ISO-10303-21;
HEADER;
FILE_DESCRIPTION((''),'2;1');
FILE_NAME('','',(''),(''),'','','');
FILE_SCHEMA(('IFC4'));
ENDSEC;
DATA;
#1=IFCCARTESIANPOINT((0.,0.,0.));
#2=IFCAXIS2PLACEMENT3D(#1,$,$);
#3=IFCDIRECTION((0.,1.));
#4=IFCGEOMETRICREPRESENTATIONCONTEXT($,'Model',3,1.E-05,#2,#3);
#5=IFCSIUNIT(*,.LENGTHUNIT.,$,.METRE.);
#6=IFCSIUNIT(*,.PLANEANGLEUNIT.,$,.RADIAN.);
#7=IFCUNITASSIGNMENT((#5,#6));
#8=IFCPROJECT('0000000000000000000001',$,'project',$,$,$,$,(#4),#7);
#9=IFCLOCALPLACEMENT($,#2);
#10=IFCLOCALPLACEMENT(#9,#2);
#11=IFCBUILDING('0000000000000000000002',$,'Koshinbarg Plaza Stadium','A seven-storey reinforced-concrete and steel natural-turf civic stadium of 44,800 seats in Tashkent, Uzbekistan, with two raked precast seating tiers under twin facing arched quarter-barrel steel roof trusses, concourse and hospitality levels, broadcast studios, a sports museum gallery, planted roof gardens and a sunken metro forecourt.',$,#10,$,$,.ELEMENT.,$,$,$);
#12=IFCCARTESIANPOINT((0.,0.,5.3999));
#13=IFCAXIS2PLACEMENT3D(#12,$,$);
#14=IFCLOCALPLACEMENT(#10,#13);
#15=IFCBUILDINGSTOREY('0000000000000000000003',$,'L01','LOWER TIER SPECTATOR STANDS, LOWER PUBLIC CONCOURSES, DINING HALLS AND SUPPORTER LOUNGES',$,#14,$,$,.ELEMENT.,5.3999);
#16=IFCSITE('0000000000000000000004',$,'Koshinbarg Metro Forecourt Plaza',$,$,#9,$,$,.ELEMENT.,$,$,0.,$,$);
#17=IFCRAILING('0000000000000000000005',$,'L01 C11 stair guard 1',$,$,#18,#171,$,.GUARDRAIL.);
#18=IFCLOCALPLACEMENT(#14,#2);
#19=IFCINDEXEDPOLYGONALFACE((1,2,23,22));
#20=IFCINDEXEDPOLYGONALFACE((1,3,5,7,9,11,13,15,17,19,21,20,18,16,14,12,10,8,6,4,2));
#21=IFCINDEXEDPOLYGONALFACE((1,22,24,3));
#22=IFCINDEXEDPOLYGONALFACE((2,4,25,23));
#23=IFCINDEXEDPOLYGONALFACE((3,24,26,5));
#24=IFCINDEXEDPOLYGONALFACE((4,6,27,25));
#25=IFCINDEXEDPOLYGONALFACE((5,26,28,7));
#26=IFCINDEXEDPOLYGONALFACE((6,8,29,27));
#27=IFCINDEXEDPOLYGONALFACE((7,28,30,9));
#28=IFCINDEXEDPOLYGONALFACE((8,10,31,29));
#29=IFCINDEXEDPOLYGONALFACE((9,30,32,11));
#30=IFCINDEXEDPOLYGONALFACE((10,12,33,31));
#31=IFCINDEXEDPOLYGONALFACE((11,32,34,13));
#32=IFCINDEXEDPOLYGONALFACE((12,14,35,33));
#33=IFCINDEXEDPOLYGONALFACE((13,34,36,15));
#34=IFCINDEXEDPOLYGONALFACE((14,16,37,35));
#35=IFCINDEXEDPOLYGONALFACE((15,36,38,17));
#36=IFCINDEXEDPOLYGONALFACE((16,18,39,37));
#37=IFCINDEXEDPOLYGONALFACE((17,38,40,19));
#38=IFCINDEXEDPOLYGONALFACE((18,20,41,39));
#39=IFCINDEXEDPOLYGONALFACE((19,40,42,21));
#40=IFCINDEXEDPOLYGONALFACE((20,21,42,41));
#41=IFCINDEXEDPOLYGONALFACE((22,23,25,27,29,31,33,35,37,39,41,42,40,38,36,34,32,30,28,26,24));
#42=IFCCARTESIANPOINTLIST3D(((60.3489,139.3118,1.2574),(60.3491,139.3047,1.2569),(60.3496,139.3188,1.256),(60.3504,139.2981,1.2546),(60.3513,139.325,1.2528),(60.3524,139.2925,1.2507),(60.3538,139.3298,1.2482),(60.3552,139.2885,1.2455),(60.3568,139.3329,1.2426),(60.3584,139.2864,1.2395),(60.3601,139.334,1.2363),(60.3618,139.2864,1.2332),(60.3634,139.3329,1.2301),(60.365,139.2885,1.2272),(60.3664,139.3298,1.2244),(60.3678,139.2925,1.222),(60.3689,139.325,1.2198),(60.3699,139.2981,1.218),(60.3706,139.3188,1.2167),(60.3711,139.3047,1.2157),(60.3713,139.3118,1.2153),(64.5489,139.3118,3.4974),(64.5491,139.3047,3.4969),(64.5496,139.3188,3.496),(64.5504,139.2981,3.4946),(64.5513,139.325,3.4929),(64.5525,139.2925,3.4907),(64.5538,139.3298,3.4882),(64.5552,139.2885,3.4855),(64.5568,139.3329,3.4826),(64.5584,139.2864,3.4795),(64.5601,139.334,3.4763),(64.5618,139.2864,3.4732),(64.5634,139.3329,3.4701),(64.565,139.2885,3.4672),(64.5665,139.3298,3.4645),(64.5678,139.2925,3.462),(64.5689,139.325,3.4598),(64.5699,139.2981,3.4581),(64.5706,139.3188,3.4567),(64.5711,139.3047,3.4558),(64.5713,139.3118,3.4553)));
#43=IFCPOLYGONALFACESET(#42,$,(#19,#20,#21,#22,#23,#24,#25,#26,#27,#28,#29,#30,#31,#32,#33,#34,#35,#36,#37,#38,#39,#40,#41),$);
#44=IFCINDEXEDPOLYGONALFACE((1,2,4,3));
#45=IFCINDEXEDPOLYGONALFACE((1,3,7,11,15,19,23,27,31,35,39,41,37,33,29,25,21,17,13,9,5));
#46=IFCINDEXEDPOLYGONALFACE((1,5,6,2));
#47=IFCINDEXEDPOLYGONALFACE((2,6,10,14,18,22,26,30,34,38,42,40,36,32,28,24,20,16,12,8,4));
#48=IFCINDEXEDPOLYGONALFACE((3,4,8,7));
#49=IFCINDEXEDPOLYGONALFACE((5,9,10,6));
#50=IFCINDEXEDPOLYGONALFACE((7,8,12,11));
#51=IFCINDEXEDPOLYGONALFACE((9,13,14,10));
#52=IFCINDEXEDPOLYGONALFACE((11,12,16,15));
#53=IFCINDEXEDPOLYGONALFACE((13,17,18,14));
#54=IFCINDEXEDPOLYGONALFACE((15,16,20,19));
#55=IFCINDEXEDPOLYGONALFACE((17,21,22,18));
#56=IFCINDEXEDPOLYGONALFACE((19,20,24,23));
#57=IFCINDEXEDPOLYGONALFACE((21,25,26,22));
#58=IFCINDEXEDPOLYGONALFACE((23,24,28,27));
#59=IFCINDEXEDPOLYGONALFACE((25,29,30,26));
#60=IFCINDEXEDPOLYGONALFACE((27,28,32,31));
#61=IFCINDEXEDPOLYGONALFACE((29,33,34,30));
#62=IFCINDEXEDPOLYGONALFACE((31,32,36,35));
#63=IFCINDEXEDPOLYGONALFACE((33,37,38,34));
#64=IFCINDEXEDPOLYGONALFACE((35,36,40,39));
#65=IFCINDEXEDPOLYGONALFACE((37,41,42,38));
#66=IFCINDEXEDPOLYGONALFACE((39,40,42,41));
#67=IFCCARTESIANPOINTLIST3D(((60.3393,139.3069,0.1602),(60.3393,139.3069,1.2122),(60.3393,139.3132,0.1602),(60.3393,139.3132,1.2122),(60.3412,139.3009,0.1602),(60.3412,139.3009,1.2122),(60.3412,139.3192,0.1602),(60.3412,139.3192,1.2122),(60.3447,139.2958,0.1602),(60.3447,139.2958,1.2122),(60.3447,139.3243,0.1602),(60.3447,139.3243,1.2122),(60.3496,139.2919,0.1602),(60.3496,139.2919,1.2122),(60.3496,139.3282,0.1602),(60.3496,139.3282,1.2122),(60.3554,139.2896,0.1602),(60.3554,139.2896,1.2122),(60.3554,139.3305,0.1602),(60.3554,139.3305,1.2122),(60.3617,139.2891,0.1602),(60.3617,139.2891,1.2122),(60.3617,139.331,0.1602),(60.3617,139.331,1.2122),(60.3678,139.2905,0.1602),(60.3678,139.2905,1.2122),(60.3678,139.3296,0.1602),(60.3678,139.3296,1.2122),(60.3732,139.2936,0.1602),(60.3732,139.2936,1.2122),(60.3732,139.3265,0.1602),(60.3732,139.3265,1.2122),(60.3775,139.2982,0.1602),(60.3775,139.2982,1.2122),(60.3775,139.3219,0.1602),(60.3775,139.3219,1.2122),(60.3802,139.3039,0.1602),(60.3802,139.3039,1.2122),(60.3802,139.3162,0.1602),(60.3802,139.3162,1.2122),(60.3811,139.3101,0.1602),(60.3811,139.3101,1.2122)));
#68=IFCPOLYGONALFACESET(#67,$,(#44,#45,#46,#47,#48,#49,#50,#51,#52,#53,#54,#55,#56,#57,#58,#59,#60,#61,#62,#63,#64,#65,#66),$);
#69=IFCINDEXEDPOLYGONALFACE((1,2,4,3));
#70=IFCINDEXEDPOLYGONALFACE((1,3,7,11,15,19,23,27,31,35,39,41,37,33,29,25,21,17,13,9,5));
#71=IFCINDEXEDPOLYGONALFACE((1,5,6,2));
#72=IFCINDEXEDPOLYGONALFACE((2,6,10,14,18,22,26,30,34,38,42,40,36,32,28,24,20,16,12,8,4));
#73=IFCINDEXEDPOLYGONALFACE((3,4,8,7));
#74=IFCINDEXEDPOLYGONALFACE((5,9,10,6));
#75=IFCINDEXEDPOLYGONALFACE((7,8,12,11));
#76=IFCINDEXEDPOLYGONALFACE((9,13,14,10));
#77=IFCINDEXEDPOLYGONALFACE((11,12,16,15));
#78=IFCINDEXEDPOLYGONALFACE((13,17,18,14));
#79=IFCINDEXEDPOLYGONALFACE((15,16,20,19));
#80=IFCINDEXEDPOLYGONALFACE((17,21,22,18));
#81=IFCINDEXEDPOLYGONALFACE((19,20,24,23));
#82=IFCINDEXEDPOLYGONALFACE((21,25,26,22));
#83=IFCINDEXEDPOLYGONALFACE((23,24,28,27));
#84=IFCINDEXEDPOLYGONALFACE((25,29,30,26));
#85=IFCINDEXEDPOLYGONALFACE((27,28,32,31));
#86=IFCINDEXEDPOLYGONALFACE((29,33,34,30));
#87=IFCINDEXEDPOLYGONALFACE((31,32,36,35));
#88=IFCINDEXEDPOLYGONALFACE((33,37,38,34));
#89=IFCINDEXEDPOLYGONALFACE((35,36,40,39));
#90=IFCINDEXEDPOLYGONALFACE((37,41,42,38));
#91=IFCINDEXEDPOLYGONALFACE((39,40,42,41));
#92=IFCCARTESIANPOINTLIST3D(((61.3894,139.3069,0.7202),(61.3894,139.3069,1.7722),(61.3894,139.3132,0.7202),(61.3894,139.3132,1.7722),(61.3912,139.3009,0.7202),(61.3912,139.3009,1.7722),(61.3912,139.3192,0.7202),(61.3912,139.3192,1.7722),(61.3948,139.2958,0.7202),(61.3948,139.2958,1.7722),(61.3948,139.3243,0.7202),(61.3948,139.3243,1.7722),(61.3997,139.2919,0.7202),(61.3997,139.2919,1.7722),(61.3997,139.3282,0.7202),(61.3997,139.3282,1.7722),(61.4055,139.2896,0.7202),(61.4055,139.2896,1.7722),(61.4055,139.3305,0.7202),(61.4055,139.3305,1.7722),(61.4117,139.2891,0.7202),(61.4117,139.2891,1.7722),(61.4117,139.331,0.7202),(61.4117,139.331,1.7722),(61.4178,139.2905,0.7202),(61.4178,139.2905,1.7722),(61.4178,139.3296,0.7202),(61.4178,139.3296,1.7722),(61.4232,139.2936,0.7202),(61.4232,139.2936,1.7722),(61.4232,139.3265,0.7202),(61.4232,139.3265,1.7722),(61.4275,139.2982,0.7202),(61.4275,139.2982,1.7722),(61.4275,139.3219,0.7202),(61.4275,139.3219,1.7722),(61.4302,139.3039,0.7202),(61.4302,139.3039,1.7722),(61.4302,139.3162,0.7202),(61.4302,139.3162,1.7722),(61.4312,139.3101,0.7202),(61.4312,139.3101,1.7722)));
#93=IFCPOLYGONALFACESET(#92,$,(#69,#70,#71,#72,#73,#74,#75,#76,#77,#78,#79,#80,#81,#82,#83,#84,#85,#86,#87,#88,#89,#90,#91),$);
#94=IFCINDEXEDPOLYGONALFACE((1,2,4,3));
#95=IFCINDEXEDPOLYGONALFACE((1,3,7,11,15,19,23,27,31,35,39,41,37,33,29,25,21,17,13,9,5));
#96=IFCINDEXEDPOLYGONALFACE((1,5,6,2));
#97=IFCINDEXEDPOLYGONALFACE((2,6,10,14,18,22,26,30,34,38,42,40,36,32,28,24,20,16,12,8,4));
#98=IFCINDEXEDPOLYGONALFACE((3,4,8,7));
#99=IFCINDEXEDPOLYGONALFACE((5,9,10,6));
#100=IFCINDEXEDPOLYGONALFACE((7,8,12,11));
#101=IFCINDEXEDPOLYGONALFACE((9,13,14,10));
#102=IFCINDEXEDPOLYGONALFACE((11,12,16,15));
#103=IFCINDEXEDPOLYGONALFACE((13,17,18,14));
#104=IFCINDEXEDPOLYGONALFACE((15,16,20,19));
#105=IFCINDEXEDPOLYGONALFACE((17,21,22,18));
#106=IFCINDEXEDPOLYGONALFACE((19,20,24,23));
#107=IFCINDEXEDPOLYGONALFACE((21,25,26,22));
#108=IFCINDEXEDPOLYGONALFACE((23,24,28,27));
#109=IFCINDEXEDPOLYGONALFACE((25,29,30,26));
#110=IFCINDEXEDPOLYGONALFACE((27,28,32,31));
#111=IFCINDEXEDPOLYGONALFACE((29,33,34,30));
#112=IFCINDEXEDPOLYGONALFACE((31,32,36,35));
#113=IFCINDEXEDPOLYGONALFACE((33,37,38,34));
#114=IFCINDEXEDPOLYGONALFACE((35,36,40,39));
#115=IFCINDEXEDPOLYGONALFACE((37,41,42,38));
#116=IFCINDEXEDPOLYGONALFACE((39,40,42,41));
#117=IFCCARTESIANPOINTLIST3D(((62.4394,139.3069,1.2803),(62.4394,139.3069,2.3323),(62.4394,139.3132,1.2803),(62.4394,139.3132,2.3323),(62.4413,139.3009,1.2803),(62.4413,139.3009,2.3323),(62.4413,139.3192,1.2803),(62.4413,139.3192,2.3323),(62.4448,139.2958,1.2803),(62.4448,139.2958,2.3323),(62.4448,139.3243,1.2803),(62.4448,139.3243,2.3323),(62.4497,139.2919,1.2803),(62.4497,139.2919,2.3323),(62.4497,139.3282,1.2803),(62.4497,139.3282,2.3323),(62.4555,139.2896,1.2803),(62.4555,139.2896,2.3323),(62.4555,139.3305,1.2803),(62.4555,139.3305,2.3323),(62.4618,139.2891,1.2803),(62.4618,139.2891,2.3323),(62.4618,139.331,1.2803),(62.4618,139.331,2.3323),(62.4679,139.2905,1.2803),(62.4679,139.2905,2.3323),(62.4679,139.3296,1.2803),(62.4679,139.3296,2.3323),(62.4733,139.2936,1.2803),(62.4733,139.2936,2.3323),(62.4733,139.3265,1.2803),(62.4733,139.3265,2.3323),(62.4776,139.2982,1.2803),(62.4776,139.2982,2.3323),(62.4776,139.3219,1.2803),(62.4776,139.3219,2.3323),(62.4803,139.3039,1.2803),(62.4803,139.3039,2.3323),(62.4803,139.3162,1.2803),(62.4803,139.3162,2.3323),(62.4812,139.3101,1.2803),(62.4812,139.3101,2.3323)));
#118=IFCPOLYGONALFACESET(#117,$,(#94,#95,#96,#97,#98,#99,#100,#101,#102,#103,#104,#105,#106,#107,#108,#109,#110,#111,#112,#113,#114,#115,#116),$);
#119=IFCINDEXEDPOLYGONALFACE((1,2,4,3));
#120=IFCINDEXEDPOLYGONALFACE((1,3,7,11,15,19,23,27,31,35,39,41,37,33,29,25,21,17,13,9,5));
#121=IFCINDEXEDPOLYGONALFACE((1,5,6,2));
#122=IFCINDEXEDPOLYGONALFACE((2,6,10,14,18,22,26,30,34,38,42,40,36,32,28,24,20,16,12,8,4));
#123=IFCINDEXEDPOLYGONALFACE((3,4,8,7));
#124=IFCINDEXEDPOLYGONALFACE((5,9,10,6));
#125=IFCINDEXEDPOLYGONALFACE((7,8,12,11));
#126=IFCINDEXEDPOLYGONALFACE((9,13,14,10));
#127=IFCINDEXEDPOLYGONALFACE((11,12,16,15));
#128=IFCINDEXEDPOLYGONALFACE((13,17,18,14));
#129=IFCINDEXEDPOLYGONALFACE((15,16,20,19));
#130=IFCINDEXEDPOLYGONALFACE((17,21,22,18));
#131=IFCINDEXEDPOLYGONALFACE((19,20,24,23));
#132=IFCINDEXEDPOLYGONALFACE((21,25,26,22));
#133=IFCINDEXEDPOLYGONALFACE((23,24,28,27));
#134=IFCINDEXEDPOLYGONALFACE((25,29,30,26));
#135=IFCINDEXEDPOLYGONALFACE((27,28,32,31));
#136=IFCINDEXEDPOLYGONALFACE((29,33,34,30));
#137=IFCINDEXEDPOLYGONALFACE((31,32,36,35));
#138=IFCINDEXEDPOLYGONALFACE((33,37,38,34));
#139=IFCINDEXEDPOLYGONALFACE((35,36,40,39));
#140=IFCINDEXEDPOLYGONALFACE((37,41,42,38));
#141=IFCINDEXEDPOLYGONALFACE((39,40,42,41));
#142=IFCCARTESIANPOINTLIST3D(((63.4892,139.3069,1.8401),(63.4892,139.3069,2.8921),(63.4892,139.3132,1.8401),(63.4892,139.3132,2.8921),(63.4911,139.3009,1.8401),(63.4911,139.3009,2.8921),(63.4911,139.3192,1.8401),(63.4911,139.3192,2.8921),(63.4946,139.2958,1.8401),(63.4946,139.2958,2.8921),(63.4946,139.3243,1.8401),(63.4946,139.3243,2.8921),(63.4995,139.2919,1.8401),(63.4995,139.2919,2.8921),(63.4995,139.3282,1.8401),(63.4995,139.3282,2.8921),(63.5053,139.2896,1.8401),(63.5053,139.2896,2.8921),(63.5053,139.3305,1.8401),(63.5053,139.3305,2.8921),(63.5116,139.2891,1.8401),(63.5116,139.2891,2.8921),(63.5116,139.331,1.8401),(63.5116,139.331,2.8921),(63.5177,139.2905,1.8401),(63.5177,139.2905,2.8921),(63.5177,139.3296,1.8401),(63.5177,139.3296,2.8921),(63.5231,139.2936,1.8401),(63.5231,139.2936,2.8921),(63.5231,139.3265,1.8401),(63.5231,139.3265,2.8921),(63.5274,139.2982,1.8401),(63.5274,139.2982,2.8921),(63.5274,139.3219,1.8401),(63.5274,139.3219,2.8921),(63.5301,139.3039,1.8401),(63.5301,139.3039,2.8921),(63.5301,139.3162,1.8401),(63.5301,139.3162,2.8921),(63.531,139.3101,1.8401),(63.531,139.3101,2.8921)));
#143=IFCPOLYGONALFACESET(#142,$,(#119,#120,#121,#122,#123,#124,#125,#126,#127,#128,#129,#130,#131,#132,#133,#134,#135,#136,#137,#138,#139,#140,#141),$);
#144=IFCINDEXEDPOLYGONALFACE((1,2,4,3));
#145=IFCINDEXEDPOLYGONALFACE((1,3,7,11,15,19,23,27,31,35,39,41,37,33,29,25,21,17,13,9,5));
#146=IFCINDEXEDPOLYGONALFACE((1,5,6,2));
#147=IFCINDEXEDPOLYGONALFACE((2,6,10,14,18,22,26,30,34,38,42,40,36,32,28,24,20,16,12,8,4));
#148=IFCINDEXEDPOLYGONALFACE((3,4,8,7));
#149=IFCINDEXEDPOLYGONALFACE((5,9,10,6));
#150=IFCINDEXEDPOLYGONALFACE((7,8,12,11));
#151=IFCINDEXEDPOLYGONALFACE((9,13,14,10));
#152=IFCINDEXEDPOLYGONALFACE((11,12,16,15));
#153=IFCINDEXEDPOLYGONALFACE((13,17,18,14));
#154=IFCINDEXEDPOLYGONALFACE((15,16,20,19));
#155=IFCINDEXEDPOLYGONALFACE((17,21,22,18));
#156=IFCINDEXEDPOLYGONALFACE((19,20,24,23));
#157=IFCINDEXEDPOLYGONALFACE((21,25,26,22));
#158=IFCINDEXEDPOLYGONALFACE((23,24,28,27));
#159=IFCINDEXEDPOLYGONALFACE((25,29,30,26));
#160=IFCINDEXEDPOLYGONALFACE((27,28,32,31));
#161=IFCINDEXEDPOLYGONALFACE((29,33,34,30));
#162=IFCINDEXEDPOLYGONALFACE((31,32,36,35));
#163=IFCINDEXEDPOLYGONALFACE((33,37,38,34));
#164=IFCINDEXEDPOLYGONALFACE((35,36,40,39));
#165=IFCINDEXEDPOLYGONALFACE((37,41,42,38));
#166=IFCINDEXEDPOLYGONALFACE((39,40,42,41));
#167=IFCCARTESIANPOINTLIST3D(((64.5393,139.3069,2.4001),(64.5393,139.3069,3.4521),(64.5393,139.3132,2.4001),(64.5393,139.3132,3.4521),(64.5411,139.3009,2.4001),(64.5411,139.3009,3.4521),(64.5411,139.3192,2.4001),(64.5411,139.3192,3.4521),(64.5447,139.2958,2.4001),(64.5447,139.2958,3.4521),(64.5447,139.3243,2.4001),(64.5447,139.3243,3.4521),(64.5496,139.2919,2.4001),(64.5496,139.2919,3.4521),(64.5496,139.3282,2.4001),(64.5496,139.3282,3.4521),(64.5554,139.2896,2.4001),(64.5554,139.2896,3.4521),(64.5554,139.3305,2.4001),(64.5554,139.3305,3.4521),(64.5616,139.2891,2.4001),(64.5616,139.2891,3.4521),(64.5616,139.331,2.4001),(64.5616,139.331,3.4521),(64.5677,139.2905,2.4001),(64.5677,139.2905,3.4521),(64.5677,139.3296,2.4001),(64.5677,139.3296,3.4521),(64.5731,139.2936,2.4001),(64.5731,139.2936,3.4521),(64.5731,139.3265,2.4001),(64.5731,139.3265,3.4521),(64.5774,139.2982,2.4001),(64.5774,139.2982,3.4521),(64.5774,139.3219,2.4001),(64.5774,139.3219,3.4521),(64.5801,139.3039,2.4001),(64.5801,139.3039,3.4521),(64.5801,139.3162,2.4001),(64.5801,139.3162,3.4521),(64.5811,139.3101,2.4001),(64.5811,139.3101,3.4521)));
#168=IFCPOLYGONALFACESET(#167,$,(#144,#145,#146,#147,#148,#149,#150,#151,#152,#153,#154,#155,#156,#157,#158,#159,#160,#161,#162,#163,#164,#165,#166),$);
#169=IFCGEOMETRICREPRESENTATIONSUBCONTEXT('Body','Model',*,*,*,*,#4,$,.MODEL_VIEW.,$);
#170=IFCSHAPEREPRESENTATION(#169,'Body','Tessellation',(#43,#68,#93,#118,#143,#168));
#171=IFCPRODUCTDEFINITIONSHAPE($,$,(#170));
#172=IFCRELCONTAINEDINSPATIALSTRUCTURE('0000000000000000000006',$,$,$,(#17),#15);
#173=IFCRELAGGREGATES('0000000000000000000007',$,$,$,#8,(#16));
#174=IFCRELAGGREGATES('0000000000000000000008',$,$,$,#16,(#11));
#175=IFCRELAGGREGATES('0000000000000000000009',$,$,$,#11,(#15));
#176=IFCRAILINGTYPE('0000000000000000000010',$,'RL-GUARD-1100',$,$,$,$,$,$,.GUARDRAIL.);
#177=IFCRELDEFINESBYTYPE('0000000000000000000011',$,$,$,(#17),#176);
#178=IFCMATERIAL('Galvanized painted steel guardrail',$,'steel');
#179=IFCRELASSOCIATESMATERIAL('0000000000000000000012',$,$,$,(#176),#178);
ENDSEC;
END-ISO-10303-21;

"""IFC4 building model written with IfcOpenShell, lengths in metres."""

from ifc_helpers import new_model, si_unit, direction, frame, origin, origin_2d, place, context, subcontext, project, spatial, circle, extrude, material, type_object, element, save


model = new_model("IFC4")

# Units and contexts
model_context = context("Model", 3, precision=1e-05, world=origin(), true_north=direction((0.0, 1.0)))
body_context = subcontext(model_context, "Body", "Model", "MODEL_VIEW")
ifc_project = project(units=[si_unit("LENGTHUNIT", "METRE"), si_unit("PLANEANGLEUNIT", "RADIAN")], contexts=[model_context])

# Site, building, storey
site_placement = place(None, origin())
site = spatial("IfcSite", under=ifc_project, at=site_placement, Name="Koshinbarg Metro Forecourt Plaza", CompositionType="ELEMENT", RefElevation=0.0)
building_placement = place(site_placement, origin())
building = spatial("IfcBuilding", under=site, at=building_placement, Name="Koshinbarg Plaza Stadium", Description="A seven-storey reinforced-concrete and steel natural-turf civic stadium of 44,800 seats in Tashkent, Uzbekistan, with two raked precast seating tiers under twin facing arched quarter-barrel steel roof trusses, concourse and hospitality levels, broadcast studios, a sports museum gallery, planted roof gardens and a sunken metro forecourt.", CompositionType="ELEMENT")
storey_placement = place(building_placement, frame((0.0, 0.0, 5.3999)))
storey = spatial("IfcBuildingStorey", under=building, at=storey_placement, Name="L01", Description="LOWER TIER SPECTATOR STANDS, LOWER PUBLIC CONCOURSES, DINING HALLS AND SUPPORTER LOUNGES", CompositionType="ELEMENT", Elevation=5.3999)

# Railing
ifc_material_1 = material(Name="Galvanized painted steel guardrail", Category="steel")
railing_type_1 = type_object("IfcRailingType", Name="RL-GUARD-1100", PredefinedType="GUARDRAIL", material=ifc_material_1)
railing_1_placement = place(storey_placement, frame((60.3601, 139.3101, 0.1602)))
element("IfcRailing", 1, at=railing_1_placement, inside=storey, type_object=railing_type_1, Name="L01 C11 stair guard 1", PredefinedType="GUARDRAIL", context=body_context, shape_type="SweptSolid", body=[
    extrude(circle(Radius=0.0239, at=origin_2d()), frame((0.0, 0.0, 1.0762), z_axis=(0.882352, 0.0, 0.470591), x_axis=(0.0, 1.0, 0.0)), (0.0, 0.0, 1.0), 4.76),
    extrude(circle(Radius=0.021, at=origin_2d()), origin(), (0.0, 0.0, 1.0), 1.052),
    extrude(circle(Radius=0.021, at=origin_2d()), frame((1.05, 0.0, 0.5601)), (0.0, 0.0, 1.0), 1.052),
    extrude(circle(Radius=0.021, at=origin_2d()), frame((2.1001, 0.0, 1.1201)), (0.0, 0.0, 1.0), 1.052),
    extrude(circle(Radius=0.021, at=origin_2d()), frame((3.1499, 0.0, 1.6799)), (0.0, 0.0, 1.0), 1.052),
    extrude(circle(Radius=0.021, at=origin_2d()), frame((4.2, 0.0, 2.24)), (0.0, 0.0, 1.0), 1.052),
])

save(model, "model.ifc")
